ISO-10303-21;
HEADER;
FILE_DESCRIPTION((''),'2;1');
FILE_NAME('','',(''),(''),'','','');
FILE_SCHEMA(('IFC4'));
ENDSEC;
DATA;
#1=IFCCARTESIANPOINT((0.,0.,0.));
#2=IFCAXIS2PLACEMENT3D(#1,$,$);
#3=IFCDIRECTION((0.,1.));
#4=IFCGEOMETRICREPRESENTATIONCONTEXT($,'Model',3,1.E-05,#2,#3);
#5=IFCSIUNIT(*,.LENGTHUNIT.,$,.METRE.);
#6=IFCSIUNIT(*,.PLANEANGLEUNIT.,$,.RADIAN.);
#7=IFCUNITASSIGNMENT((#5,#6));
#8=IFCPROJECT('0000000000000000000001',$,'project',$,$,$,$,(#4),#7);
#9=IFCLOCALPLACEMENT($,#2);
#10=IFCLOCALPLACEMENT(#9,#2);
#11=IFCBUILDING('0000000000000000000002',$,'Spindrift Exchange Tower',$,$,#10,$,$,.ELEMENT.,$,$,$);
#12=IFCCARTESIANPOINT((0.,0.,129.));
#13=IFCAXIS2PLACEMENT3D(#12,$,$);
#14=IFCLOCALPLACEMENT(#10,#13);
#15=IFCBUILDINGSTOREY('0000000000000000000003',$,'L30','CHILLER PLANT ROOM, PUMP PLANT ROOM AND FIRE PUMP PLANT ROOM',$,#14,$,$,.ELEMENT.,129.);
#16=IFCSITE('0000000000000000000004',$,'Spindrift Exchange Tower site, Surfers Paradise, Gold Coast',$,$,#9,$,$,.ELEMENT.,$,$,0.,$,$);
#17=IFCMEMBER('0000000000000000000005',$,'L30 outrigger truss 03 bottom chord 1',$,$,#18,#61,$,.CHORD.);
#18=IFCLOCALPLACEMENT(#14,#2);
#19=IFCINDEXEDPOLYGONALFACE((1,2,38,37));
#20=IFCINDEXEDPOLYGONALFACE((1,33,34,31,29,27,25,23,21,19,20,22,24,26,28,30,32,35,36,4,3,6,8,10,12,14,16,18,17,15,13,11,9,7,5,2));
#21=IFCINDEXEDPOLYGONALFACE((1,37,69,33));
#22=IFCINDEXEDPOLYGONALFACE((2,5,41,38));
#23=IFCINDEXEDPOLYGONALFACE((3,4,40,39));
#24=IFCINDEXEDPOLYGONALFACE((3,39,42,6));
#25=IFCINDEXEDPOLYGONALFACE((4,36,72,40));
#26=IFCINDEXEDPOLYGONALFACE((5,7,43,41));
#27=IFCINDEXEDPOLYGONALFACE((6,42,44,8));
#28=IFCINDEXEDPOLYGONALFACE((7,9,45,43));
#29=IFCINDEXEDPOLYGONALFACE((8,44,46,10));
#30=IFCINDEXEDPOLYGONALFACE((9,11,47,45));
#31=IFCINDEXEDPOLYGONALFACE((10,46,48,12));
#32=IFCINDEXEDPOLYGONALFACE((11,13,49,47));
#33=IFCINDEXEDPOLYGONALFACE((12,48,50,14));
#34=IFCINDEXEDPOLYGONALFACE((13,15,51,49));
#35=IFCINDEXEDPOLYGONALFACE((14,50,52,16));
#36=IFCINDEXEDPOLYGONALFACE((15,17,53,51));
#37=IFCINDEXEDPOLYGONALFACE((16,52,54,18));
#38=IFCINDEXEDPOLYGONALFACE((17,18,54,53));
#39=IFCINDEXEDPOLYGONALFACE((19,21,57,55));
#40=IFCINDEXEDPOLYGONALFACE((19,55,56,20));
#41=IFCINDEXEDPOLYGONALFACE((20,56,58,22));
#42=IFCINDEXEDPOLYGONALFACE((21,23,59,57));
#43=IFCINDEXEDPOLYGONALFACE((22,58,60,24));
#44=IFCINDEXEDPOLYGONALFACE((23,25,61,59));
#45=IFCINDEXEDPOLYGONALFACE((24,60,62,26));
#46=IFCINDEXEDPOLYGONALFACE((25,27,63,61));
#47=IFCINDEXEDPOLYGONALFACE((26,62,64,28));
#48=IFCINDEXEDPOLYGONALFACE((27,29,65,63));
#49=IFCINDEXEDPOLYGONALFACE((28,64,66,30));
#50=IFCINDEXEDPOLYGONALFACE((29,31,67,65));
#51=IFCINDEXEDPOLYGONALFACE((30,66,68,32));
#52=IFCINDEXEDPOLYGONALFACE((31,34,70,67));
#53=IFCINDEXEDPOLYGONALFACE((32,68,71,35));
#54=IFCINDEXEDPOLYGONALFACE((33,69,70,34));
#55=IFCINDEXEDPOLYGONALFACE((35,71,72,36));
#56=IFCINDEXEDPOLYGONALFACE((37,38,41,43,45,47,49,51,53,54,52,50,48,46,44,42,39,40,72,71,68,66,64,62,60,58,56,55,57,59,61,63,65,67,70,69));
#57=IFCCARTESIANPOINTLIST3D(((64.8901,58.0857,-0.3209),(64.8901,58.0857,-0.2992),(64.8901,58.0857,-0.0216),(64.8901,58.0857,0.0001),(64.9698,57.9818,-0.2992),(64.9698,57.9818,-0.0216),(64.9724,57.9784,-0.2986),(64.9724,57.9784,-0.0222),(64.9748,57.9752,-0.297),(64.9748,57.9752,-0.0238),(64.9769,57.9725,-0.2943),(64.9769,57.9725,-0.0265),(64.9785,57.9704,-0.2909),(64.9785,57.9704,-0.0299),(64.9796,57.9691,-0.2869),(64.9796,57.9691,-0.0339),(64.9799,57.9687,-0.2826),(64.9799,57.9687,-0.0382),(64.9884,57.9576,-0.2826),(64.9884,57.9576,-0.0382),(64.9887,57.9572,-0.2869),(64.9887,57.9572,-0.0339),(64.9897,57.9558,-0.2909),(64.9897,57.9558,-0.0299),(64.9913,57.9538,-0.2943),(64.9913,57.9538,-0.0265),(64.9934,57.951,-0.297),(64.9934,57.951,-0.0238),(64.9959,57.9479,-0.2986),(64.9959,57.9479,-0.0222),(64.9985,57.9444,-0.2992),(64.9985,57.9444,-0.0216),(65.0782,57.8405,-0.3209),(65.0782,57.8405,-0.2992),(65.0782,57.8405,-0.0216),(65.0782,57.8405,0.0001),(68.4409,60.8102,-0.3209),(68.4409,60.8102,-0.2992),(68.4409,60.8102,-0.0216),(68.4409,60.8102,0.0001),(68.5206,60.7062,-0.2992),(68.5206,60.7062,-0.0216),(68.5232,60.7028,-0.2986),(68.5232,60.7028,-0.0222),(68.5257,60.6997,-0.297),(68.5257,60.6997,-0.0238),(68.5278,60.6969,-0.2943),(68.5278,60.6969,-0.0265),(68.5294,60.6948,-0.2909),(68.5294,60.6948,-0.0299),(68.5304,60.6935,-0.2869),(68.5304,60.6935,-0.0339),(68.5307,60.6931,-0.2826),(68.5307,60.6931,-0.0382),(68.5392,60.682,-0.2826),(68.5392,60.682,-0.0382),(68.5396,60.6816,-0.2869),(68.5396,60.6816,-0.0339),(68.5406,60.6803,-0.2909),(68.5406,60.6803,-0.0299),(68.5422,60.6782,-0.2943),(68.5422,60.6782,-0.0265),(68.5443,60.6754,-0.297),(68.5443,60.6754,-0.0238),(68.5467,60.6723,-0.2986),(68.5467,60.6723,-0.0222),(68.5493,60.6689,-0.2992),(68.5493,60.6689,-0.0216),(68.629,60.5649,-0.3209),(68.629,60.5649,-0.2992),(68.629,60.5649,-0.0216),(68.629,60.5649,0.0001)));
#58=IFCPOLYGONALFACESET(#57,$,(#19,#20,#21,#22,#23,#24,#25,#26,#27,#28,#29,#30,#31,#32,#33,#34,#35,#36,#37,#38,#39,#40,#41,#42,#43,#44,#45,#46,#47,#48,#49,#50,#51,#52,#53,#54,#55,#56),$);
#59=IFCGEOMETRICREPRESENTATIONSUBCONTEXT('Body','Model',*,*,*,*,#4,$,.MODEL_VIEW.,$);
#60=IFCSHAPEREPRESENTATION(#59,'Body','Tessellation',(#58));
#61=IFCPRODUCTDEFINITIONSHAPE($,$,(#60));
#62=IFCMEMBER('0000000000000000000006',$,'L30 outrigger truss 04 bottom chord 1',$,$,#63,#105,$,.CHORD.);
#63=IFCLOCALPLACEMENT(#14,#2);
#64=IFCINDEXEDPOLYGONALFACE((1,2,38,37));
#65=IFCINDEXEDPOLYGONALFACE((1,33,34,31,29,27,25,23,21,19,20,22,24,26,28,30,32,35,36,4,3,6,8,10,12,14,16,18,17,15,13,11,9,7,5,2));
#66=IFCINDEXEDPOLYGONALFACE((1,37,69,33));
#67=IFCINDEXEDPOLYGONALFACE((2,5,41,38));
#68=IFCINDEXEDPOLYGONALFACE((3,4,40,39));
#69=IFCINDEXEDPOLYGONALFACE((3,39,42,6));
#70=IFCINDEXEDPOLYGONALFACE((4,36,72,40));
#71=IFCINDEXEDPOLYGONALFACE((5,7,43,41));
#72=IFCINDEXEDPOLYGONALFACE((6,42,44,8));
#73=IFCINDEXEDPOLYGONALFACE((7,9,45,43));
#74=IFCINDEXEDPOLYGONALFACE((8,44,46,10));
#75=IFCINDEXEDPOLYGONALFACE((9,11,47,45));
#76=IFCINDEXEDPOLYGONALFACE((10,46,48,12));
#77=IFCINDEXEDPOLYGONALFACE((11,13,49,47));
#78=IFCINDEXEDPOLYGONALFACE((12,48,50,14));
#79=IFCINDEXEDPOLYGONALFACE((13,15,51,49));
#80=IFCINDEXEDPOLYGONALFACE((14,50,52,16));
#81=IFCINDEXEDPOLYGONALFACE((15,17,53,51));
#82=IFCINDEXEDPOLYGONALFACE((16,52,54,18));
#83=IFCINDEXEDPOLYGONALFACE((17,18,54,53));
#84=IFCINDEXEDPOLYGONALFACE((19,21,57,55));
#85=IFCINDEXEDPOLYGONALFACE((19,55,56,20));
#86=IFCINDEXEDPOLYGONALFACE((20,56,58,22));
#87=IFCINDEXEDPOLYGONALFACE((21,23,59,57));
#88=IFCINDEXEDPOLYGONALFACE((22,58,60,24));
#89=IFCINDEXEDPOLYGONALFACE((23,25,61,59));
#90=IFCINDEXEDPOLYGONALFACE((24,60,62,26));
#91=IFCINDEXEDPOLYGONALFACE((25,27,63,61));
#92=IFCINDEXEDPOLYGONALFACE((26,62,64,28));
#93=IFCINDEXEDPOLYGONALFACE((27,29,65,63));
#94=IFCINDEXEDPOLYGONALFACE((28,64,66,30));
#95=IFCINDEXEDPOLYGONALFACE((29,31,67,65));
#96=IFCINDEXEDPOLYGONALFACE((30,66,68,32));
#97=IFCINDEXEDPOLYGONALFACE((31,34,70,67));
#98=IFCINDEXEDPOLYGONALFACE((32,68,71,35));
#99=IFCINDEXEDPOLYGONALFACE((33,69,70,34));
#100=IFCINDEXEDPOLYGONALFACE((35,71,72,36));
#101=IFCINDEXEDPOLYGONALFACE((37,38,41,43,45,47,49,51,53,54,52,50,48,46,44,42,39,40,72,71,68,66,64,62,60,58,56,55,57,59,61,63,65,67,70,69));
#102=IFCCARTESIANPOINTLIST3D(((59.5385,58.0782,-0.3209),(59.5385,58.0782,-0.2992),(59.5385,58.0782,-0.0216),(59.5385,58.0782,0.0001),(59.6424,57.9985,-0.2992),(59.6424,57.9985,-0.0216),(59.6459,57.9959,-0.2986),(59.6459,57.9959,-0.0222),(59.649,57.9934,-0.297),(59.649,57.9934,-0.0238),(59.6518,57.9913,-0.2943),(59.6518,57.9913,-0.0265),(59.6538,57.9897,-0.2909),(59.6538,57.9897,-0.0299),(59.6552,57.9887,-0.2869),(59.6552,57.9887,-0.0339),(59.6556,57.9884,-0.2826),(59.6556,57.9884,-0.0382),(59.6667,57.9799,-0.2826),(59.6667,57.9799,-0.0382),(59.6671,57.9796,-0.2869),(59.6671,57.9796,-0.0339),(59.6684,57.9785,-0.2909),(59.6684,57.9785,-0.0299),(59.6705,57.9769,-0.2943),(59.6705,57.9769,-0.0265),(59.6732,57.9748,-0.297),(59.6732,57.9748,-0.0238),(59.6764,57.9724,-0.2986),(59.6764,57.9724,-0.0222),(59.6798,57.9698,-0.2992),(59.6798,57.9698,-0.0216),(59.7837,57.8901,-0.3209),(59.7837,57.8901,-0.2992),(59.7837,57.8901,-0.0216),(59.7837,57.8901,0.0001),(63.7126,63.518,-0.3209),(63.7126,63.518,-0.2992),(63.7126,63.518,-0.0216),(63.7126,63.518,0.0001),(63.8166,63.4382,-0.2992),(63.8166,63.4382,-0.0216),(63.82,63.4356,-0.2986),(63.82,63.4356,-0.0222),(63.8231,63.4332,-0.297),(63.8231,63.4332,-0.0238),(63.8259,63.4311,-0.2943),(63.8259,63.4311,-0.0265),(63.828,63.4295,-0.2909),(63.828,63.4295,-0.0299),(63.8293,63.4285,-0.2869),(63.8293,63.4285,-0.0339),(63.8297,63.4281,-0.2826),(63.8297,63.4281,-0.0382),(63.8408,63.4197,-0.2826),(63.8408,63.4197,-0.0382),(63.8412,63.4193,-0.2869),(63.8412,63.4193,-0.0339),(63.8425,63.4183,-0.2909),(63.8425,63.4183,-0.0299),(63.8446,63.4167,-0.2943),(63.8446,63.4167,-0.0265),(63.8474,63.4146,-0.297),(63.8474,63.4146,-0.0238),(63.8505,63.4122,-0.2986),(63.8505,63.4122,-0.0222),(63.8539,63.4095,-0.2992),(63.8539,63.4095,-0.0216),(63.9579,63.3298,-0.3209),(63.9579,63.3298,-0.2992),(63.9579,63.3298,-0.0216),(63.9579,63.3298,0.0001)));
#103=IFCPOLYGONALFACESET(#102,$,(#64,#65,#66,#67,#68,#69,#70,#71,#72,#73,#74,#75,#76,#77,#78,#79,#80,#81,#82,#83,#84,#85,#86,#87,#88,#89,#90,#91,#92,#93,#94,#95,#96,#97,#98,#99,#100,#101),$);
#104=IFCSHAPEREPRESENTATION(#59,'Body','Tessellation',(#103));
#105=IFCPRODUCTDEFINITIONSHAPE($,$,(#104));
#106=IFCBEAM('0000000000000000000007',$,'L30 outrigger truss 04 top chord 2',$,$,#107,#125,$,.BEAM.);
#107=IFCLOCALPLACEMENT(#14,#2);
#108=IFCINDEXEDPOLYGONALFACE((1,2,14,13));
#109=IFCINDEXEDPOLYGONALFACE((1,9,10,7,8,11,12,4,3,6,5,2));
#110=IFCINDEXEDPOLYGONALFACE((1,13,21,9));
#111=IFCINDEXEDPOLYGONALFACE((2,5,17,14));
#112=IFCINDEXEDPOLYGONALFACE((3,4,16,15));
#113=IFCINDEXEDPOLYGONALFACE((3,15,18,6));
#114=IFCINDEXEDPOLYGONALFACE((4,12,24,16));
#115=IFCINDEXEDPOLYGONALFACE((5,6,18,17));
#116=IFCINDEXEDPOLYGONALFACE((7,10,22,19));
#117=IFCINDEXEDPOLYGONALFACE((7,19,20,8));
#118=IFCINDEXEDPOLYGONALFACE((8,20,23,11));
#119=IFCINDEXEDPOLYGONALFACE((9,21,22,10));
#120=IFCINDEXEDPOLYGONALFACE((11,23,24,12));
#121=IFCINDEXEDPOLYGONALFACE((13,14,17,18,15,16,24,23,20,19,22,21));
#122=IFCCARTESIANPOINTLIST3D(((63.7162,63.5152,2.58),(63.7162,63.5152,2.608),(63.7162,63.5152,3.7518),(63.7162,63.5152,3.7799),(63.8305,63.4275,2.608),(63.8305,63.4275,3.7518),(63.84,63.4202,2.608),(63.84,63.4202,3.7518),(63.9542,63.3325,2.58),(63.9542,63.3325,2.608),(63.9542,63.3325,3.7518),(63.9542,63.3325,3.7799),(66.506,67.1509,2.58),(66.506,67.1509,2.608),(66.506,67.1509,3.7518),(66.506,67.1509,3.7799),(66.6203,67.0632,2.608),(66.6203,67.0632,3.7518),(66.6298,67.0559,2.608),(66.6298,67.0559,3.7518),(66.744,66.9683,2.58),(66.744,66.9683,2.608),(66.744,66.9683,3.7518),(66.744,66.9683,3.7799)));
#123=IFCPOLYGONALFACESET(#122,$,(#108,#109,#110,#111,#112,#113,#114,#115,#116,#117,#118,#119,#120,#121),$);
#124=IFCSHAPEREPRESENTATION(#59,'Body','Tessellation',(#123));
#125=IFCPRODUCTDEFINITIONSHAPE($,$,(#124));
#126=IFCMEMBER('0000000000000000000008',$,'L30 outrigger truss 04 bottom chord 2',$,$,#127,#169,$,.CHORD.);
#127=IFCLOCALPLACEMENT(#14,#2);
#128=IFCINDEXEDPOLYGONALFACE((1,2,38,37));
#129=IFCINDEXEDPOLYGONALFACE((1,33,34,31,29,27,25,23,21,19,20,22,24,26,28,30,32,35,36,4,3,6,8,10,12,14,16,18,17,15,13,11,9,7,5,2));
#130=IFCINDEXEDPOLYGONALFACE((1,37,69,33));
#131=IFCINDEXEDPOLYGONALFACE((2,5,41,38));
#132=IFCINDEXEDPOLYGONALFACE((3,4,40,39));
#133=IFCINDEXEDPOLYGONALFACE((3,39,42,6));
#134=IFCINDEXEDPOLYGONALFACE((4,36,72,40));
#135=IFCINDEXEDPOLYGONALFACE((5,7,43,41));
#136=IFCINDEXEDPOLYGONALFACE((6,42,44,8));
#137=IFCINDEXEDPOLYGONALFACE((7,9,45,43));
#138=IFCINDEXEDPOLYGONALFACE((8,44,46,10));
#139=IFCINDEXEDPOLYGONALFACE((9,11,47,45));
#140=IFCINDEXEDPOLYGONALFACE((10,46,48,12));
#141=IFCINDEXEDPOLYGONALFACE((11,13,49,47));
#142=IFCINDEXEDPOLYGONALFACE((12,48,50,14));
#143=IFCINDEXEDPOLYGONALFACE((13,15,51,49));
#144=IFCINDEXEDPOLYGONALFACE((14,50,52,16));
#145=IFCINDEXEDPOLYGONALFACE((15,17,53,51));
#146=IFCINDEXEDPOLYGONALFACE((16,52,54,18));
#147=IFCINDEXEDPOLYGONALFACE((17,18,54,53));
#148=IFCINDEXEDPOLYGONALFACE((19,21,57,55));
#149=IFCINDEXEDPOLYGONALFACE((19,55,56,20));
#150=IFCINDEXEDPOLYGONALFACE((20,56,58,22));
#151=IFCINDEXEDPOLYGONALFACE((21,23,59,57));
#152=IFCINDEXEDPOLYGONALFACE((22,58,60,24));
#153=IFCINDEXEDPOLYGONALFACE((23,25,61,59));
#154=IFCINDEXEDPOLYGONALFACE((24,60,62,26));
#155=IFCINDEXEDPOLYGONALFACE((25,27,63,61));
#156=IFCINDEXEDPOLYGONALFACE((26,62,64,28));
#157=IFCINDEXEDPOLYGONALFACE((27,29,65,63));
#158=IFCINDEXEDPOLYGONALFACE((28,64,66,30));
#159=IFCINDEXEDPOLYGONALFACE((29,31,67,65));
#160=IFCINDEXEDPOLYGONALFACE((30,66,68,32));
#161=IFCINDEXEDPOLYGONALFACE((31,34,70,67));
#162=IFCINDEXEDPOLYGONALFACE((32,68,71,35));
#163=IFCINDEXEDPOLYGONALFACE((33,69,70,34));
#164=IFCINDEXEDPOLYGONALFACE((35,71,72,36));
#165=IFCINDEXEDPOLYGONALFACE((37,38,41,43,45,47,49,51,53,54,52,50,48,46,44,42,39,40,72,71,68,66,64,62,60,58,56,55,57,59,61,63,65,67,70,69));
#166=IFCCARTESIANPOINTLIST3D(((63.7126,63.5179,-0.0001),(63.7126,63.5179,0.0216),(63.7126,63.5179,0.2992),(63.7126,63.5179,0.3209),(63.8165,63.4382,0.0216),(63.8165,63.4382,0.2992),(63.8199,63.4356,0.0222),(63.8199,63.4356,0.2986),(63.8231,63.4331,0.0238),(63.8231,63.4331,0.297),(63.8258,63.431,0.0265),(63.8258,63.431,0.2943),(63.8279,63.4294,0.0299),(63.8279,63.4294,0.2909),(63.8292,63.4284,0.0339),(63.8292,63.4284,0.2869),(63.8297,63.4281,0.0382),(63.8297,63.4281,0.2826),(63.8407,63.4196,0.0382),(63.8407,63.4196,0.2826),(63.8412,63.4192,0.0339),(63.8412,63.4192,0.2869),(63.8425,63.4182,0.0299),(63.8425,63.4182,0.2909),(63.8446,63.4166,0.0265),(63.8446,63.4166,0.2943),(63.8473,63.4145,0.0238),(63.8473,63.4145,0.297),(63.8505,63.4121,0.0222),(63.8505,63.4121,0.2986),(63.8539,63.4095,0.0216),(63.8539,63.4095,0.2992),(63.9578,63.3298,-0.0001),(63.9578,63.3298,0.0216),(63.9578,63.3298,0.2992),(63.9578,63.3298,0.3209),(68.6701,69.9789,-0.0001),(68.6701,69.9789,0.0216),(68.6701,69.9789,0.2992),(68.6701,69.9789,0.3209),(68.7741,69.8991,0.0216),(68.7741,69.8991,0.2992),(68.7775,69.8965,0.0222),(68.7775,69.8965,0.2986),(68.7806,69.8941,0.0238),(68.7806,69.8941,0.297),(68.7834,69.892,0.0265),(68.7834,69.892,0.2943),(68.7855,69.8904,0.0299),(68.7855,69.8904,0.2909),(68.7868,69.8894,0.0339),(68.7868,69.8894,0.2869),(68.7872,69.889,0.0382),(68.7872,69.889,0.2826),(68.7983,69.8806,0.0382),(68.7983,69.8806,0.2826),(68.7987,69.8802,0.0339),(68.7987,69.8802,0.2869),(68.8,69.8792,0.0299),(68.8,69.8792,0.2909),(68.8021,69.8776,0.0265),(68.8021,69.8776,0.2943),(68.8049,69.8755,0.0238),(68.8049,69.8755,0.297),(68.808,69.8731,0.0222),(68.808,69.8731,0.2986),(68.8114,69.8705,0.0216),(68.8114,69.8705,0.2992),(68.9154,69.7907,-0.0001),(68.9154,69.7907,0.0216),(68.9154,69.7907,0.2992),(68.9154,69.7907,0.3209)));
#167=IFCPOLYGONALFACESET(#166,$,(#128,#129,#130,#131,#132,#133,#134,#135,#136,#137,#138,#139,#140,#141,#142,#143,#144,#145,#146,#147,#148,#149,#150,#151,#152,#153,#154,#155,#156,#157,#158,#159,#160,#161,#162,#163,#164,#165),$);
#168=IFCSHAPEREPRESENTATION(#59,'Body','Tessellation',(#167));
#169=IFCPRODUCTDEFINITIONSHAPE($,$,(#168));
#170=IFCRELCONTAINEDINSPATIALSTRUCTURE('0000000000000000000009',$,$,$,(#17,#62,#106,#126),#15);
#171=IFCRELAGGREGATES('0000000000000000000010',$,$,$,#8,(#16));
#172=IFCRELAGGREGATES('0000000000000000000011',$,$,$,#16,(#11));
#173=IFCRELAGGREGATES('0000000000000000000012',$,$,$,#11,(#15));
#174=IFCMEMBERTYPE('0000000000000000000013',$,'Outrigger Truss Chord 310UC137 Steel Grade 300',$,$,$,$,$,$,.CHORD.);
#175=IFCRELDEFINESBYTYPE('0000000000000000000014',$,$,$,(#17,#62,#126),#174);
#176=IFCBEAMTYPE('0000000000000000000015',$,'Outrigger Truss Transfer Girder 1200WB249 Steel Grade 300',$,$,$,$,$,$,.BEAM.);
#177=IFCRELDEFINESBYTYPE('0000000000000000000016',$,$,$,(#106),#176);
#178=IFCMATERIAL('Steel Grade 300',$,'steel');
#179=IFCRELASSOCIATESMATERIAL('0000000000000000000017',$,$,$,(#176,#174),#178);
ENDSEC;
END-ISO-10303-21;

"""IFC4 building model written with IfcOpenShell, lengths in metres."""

from ifc_helpers import new_model, si_unit, direction, frame, origin, origin_2d, place, context, subcontext, project, spatial, i_section, extrude, source, transform, mapped, material, material_profile, profile_set, type_object, element, save


model = new_model("IFC4")

# Units and contexts
model_context = context("Model", 3, precision=1e-05, world=origin(), true_north=direction((0.0, 1.0)))
body_context = subcontext(model_context, "Body", "Model", "MODEL_VIEW")
ifc_project = project(units=[si_unit("LENGTHUNIT", "METRE"), si_unit("PLANEANGLEUNIT", "RADIAN")], contexts=[model_context])

# Site, building, storey
site_placement = place(None, origin())
site = spatial("IfcSite", under=ifc_project, at=site_placement, Name="Spindrift Exchange Tower site, Surfers Paradise, Gold Coast", CompositionType="ELEMENT", RefElevation=0.0)
building_placement = place(site_placement, origin())
building = spatial("IfcBuilding", under=site, at=building_placement, Name="Spindrift Exchange Tower", CompositionType="ELEMENT")
storey_placement = place(building_placement, frame((0.0, 0.0, 129.0)))
storey = spatial("IfcBuildingStorey", under=building, at=storey_placement, Name="L30", Description="CHILLER PLANT ROOM, PUMP PLANT ROOM AND FIRE PUMP PLANT ROOM", CompositionType="ELEMENT", Elevation=129.0)

# Shared definitions
ifc_material_1 = material(Name="Steel Grade 300", Category="steel")
ifc_material_profile_1 = material_profile(ifc_material_1, i_section(OverallWidth=0.3, OverallDepth=1.2, WebThickness=0.012, FlangeThickness=0.0281, at=origin_2d()), Name="1200WB249")
ifc_profile_set_1 = profile_set([ifc_material_profile_1], Name="Steel Grade 300")
beam_type = type_object("IfcBeamType", Name="Outrigger Truss Transfer Girder 1200WB249 Steel Grade 300", PredefinedType="BEAM", material=ifc_profile_set_1)

# Members
ifc_material_profile_2 = material_profile(ifc_material_1, i_section(OverallWidth=0.3091, OverallDepth=0.321, WebThickness=0.0139, FlangeThickness=0.0217, FilletRadius=0.0166, at=origin_2d()), Name="310UC137")
ifc_profile_set_2 = profile_set([ifc_material_profile_2], Name="Steel Grade 300")
member_type_1 = type_object("IfcMemberType", Name="Outrigger Truss Chord 310UC137 Steel Grade 300", PredefinedType="CHORD", material=ifc_profile_set_2)
shared_shape_1 = source(origin(), body_context, "Body", "SweptSolid", [
    extrude(i_section(OverallWidth=0.3091, OverallDepth=0.321, WebThickness=0.0139, FlangeThickness=0.0217, FilletRadius=0.0166, at=origin_2d()), origin(), (0.0, 0.0, 1.0), 4.4756),
])
member_1_placement = place(storey_placement, frame((64.9841, 57.9631, -0.1604), z_axis=(0.79338, 0.608727, 0.0), x_axis=(-0.608727, 0.79338, 0.0)))
element("IfcMember", 1, at=member_1_placement, inside=storey, type_object=member_type_1, Name="L30 outrigger truss 03 bottom chord 1", PredefinedType="CHORD", context=body_context, shape_type="MappedRepresentation", body=[
    mapped(shared_shape_1, transform((0.0, 0.0, 0.0), scale=1.0)),
])
shared_shape_2 = source(origin(), body_context, "Body", "SweptSolid", [
    extrude(i_section(OverallWidth=0.3091, OverallDepth=0.321, WebThickness=0.0139, FlangeThickness=0.0217, FilletRadius=0.0166, at=origin_2d()), origin(), (0.0, 0.0, 1.0), 6.8567),
])
member_2_placement = place(storey_placement, frame((59.6611, 57.9841, -0.1604), z_axis=(0.608766, 0.79335, 0.0), x_axis=(-0.79335, 0.608766, 0.0)))
element("IfcMember", 2, at=member_2_placement, inside=storey, type_object=member_type_1, Name="L30 outrigger truss 04 bottom chord 1", PredefinedType="CHORD", context=body_context, shape_type="MappedRepresentation", body=[
    mapped(shared_shape_2, transform((0.0, 0.0, 0.0), scale=1.0)),
])

# Beam
shared_shape_3 = source(origin(), body_context, "Body", "SweptSolid", [
    extrude(i_section(OverallWidth=0.3, OverallDepth=1.2, WebThickness=0.012, FlangeThickness=0.0281, at=origin_2d()), origin(), (0.0, 0.0, 1.0), 4.5828),
])
beam_1_placement = place(storey_placement, frame((63.8352, 63.4238, 3.1799), z_axis=(0.60876, 0.793354, 0.0), x_axis=(-0.793354, 0.60876, 0.0)))
element("IfcBeam", 3, at=beam_1_placement, inside=storey, type_object=beam_type, Name="L30 outrigger truss 04 top chord 2", PredefinedType="BEAM", context=body_context, shape_type="MappedRepresentation", body=[
    mapped(shared_shape_3, transform((0.0, 0.0, 0.0), scale=1.0)),
])

# Member
shared_shape_4 = source(origin(), body_context, "Body", "SweptSolid", [
    extrude(i_section(OverallWidth=0.3091, OverallDepth=0.321, WebThickness=0.0139, FlangeThickness=0.0217, FilletRadius=0.0166, at=origin_2d()), origin(), (0.0, 0.0, 1.0), 8.1438),
])
member_3_placement = place(storey_placement, frame((63.8352, 63.4238, 0.1604), z_axis=(0.608751, 0.793361, 0.0), x_axis=(-0.793361, 0.608751, 0.0)))
element("IfcMember", 4, at=member_3_placement, inside=storey, type_object=member_type_1, Name="L30 outrigger truss 04 bottom chord 2", PredefinedType="CHORD", context=body_context, shape_type="MappedRepresentation", body=[
    mapped(shared_shape_4, transform((0.0, 0.0, 0.0), scale=1.0)),
])

save(model, "model.ifc")
